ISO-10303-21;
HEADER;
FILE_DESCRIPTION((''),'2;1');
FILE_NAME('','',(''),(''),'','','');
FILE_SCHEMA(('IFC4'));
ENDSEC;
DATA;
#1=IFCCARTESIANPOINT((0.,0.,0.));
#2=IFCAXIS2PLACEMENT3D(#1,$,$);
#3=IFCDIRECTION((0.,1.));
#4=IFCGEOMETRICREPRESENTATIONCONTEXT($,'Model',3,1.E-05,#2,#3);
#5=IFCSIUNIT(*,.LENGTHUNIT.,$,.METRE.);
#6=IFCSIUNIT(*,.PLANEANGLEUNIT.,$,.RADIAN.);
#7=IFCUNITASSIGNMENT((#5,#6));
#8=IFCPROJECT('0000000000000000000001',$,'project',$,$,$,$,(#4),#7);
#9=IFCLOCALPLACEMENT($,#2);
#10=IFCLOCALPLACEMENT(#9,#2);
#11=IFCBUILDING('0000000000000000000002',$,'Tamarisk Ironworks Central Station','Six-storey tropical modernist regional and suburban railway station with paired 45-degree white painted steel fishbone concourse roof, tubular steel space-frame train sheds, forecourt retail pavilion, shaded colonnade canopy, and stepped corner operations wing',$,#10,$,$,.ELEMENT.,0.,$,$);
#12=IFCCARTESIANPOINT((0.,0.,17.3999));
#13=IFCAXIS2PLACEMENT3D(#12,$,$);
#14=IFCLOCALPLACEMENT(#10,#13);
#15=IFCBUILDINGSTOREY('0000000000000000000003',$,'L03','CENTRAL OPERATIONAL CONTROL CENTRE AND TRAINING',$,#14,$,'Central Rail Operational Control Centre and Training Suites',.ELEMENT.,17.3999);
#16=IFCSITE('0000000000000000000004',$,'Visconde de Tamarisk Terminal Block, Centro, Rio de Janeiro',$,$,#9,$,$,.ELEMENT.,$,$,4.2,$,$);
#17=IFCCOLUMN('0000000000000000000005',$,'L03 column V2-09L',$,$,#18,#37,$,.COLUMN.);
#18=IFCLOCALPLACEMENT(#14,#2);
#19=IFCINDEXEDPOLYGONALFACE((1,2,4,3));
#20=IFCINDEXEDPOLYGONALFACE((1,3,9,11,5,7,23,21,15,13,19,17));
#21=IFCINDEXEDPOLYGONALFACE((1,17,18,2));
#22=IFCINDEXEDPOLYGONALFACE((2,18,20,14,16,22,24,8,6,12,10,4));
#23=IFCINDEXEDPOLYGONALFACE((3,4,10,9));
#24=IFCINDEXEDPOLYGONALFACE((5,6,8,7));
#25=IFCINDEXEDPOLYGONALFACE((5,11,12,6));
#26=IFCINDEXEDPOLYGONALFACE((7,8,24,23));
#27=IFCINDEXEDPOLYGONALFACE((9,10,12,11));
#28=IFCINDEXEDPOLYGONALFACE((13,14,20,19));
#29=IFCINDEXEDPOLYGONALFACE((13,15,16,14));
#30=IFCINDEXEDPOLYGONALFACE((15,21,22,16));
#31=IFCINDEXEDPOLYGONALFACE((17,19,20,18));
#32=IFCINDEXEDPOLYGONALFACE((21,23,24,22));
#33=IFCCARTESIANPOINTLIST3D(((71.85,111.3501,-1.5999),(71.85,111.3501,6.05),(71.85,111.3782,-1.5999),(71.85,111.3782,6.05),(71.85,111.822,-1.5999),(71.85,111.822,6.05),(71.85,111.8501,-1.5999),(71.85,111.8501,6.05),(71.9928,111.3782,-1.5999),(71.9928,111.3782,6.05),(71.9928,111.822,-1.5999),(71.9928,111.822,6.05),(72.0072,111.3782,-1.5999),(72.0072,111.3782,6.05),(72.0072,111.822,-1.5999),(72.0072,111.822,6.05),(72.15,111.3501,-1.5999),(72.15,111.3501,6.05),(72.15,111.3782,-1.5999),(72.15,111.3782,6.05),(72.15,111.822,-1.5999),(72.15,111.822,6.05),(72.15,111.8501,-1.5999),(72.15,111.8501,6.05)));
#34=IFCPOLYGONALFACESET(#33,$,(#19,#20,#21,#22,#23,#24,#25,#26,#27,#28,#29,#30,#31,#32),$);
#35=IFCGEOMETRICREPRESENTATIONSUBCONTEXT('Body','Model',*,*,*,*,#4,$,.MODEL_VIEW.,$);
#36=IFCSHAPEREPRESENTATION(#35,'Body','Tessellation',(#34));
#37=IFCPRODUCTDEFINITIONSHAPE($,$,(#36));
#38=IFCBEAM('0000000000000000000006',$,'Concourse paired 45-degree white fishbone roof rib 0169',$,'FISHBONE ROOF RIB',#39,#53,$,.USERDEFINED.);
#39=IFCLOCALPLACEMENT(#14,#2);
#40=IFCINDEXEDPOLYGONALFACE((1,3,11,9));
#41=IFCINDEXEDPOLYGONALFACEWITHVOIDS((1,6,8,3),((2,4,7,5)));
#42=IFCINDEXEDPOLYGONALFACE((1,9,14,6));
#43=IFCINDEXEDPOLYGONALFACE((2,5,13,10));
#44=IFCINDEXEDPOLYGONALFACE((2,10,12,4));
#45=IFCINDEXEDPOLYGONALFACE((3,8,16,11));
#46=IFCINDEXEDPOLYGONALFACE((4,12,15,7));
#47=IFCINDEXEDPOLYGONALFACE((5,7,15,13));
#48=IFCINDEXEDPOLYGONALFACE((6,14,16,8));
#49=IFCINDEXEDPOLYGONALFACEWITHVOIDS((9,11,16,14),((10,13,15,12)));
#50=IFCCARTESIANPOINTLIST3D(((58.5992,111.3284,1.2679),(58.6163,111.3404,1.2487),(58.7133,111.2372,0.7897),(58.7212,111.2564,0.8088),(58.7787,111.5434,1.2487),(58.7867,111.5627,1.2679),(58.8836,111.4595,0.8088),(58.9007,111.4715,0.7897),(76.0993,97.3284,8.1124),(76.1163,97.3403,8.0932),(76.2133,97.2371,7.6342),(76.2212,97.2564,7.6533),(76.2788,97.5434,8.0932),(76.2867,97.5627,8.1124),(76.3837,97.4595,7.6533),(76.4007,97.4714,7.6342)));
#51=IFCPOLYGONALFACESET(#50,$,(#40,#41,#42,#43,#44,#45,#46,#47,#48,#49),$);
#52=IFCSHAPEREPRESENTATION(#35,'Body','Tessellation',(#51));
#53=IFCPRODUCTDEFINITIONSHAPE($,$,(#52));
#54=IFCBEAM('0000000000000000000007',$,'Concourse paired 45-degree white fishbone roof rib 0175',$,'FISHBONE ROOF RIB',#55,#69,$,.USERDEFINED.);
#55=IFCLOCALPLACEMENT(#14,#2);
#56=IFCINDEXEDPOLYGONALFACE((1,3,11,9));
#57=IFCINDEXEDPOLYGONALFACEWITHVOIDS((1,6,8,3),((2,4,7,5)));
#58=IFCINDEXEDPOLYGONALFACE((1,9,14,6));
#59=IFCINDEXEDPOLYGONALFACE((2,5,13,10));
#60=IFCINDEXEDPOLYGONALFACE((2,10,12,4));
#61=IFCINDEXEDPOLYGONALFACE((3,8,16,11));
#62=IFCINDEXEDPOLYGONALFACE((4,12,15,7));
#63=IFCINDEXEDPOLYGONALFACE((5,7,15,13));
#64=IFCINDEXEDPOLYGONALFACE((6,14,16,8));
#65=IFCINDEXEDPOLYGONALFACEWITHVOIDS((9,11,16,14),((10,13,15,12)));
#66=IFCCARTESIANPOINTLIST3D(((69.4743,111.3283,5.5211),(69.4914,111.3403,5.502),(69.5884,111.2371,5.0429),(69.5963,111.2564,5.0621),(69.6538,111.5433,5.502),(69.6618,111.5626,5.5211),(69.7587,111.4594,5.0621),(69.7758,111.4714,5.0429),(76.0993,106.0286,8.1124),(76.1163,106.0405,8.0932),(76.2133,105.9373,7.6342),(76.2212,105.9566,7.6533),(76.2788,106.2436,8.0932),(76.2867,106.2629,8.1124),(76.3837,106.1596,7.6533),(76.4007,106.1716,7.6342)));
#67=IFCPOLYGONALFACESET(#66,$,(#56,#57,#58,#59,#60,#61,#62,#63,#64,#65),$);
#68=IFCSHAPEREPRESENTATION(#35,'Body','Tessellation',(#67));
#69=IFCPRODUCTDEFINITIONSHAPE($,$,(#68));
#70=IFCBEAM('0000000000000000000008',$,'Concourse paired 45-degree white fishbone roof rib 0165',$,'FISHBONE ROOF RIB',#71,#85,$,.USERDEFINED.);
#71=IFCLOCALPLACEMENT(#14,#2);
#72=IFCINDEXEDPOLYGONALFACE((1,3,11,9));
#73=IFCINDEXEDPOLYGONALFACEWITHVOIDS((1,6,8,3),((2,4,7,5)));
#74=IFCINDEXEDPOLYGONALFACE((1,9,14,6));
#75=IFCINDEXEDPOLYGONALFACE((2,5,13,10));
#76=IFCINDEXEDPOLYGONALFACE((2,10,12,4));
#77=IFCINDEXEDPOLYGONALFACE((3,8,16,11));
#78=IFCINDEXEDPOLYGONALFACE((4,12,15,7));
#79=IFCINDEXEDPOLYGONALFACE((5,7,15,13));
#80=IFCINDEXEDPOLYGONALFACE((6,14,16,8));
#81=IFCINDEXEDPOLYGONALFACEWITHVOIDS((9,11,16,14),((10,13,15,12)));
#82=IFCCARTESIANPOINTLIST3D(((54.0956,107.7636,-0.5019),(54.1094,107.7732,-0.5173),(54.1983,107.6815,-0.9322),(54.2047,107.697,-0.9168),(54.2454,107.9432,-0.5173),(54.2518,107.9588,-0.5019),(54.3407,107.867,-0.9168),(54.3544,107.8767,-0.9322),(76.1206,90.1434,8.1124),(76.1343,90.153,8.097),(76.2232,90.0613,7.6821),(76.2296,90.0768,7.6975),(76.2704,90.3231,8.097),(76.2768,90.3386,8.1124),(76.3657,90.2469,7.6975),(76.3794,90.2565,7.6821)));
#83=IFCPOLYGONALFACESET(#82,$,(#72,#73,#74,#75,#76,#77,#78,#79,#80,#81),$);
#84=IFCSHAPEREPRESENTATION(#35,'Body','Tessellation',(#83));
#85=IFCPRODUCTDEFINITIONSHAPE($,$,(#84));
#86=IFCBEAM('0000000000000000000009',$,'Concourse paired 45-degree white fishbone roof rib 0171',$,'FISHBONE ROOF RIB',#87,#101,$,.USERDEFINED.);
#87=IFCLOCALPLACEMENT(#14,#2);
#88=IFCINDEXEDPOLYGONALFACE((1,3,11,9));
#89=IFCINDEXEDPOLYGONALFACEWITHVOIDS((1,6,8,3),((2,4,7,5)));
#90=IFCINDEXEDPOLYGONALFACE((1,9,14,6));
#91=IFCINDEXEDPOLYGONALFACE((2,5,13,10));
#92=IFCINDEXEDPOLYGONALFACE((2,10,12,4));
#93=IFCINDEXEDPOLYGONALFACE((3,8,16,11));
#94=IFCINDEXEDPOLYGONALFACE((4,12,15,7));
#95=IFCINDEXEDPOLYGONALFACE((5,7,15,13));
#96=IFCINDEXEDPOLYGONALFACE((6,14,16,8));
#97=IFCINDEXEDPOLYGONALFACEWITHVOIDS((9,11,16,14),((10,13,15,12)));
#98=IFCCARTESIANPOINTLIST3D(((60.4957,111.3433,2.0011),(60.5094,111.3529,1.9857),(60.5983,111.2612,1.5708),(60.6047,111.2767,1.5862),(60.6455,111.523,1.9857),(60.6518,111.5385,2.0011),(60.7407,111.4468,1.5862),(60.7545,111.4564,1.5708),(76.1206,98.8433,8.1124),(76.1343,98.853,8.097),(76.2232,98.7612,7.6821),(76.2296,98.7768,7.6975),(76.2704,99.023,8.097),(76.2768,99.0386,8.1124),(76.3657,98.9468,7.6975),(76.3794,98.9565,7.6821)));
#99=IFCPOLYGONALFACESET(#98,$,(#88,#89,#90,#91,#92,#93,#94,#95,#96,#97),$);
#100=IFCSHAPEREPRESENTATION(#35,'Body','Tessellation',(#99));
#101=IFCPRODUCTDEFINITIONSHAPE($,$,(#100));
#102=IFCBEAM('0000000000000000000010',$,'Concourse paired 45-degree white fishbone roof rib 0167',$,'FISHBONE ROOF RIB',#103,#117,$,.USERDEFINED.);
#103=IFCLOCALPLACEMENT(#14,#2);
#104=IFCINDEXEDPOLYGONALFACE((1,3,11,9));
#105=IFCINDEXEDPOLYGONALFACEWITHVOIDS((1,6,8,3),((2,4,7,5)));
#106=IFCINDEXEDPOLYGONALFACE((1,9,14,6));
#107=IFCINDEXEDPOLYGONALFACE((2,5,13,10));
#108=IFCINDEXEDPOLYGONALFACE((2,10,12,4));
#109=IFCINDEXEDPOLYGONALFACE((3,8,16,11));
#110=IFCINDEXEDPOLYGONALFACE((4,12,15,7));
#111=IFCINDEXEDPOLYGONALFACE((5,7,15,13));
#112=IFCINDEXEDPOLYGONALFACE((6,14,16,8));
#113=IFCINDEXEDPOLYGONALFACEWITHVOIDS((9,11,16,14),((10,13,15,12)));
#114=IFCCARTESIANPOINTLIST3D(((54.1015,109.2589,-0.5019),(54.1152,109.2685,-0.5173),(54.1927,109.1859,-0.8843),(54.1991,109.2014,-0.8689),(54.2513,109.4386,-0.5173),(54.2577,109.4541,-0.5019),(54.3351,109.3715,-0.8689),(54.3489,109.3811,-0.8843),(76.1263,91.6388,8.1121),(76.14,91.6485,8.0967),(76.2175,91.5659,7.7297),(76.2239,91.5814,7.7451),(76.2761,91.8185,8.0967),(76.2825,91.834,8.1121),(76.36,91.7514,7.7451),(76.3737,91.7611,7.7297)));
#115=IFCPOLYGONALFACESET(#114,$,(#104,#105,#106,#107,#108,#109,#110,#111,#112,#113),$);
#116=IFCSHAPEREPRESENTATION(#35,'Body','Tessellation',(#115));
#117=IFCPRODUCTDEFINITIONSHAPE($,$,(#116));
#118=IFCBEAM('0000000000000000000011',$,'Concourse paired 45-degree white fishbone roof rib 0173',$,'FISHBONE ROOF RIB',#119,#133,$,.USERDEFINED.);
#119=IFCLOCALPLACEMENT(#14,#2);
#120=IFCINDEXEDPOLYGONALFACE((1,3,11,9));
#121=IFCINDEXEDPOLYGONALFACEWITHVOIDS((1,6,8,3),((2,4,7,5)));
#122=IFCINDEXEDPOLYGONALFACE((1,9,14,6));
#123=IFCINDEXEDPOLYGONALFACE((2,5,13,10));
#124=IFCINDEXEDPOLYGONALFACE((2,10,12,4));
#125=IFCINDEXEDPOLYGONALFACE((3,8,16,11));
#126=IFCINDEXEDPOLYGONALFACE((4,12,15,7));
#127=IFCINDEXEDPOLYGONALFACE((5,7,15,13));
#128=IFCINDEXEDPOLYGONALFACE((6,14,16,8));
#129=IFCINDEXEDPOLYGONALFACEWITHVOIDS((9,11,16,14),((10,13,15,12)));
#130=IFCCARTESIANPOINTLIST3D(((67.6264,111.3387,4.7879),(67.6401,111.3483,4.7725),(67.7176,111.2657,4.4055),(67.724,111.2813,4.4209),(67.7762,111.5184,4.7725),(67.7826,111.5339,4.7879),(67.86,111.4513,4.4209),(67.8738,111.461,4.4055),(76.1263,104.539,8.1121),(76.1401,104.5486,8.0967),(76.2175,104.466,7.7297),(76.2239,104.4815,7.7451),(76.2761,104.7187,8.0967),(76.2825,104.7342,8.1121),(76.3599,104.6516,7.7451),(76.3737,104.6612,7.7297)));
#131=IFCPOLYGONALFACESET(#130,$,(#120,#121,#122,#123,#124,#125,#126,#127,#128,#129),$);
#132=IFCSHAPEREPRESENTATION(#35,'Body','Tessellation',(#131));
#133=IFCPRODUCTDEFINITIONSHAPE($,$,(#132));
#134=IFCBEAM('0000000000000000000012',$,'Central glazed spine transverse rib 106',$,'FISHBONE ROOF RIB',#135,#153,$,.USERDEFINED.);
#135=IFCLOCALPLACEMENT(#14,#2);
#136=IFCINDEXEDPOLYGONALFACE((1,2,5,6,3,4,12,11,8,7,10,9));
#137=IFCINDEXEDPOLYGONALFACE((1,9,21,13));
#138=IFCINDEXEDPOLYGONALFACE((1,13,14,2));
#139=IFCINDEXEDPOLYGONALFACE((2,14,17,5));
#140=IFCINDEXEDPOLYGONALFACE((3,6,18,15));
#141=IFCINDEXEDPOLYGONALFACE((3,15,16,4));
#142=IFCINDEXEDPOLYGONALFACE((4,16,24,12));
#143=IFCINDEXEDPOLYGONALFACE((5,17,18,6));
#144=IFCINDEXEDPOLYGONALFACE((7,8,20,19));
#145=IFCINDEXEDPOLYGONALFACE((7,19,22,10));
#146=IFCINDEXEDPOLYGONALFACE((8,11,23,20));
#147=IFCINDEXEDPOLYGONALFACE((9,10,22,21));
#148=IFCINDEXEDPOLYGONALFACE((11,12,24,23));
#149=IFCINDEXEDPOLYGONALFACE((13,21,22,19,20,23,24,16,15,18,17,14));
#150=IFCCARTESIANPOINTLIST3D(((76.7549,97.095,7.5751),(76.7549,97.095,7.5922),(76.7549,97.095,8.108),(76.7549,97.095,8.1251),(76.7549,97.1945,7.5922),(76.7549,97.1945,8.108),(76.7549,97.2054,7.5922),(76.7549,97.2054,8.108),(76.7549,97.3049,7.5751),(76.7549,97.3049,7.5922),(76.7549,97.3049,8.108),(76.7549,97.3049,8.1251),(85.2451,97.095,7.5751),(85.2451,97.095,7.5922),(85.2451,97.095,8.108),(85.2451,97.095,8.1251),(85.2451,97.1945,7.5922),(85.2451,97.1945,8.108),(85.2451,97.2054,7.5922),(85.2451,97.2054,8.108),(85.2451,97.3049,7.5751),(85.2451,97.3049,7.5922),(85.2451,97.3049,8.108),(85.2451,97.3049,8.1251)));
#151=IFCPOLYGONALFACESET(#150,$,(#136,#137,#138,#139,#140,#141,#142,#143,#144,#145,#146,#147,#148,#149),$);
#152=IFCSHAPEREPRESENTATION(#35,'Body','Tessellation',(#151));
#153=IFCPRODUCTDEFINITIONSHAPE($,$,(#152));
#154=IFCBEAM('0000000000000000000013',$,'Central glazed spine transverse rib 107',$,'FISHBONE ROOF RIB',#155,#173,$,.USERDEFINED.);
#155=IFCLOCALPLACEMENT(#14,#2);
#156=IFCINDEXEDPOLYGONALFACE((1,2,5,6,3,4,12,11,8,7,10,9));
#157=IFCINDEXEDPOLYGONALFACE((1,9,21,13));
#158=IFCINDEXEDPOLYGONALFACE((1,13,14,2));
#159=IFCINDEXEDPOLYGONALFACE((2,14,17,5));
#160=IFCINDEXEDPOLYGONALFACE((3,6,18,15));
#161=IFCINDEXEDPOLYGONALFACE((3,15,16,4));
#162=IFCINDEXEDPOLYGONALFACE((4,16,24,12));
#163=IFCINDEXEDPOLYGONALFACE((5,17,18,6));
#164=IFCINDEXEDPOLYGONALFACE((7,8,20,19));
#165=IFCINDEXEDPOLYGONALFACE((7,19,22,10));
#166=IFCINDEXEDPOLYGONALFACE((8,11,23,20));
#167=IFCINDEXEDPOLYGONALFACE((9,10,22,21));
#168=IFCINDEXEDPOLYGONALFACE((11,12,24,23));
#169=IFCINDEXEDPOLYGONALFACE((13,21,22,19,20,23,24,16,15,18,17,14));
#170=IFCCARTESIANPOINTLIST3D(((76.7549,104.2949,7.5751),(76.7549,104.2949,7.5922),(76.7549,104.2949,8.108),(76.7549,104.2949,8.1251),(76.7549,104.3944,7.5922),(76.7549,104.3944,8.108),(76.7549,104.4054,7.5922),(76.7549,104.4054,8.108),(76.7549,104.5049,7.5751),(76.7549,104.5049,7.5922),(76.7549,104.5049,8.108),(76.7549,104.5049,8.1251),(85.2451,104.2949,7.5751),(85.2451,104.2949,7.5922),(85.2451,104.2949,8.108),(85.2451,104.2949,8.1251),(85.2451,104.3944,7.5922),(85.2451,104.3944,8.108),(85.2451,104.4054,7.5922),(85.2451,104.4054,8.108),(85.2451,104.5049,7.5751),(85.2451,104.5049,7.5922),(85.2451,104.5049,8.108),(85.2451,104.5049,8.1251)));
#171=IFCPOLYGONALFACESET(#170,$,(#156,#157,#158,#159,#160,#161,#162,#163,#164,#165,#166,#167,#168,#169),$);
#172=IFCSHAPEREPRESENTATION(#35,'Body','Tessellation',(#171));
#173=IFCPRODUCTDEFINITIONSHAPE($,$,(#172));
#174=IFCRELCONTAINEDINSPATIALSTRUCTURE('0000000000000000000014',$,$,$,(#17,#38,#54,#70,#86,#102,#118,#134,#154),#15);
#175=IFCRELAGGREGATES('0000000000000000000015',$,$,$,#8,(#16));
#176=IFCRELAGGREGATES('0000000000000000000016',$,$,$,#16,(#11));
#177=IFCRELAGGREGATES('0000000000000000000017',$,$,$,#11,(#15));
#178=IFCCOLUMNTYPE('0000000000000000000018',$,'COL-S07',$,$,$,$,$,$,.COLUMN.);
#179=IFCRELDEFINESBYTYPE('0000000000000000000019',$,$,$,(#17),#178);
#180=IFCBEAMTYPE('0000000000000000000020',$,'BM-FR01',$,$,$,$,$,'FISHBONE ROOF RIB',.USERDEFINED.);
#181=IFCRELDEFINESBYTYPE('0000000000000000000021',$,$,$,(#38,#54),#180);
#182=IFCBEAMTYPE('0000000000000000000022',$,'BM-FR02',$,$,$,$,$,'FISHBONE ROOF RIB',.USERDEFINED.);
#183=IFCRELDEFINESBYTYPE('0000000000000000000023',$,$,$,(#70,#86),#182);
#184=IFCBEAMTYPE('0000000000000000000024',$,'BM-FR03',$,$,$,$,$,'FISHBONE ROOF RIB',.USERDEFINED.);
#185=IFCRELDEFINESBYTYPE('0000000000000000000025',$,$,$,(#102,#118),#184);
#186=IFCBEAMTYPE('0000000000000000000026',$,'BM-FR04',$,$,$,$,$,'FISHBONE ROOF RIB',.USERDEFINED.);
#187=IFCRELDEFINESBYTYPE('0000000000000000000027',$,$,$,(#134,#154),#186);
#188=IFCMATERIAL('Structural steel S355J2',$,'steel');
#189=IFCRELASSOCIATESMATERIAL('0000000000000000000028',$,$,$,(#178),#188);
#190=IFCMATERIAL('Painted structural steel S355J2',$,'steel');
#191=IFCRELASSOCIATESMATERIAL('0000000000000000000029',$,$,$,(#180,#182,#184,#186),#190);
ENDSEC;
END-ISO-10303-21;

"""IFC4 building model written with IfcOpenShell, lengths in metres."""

from ifc_helpers import new_model, si_unit, direction, frame, origin, origin_2d, place, context, subcontext, project, spatial, hollow_rectangle, i_section, extrude, material, material_profile, profile_set, type_object, element, save


model = new_model("IFC4")

# Units and contexts
model_context = context("Model", 3, precision=1e-05, world=origin(), true_north=direction((0.0, 1.0)))
body_context = subcontext(model_context, "Body", "Model", "MODEL_VIEW")
ifc_project = project(units=[si_unit("LENGTHUNIT", "METRE"), si_unit("PLANEANGLEUNIT", "RADIAN")], contexts=[model_context])

# Site, building, storey
site_placement = place(None, origin())
site = spatial("IfcSite", under=ifc_project, at=site_placement, Name="Visconde de Tamarisk Terminal Block, Centro, Rio de Janeiro", CompositionType="ELEMENT", RefElevation=4.2)
building_placement = place(site_placement, origin())
building = spatial("IfcBuilding", under=site, at=building_placement, Name="Tamarisk Ironworks Central Station", Description="Six-storey tropical modernist regional and suburban railway station with paired 45-degree white painted steel fishbone concourse roof, tubular steel space-frame train sheds, forecourt retail pavilion, shaded colonnade canopy, and stepped corner operations wing", CompositionType="ELEMENT", ElevationOfRefHeight=0.0)
storey_placement = place(building_placement, frame((0.0, 0.0, 17.3999)))
storey = spatial("IfcBuildingStorey", under=building, at=storey_placement, Name="L03", Description="CENTRAL OPERATIONAL CONTROL CENTRE AND TRAINING", LongName="Central Rail Operational Control Centre and Training Suites", CompositionType="ELEMENT", Elevation=17.3999)

# Column
ifc_material_1 = material(Name="Structural steel S355J2", Category="steel")
ifc_material_profile_1 = material_profile(ifc_material_1, i_section(OverallWidth=0.3, OverallDepth=0.5, WebThickness=0.0144, FlangeThickness=0.0281, at=origin_2d()), Name="HEB 500")
ifc_profile_set_1 = profile_set([ifc_material_profile_1], Name="Structural steel S355J2")
column_type = type_object("IfcColumnType", Name="COL-S07", PredefinedType="COLUMN", material=ifc_profile_set_1)
column_placement = place(storey_placement, frame((72.0, 111.6001, -1.5999), z_axis=(0.0, 0.0, 1.0), x_axis=(1.0, 0.0, 0.0)))
element("IfcColumn", 1, at=column_placement, inside=storey, type_object=column_type, Name="L03 column V2-09L", PredefinedType="COLUMN", context=body_context, shape_type="SweptSolid", body=[
    extrude(i_section(OverallWidth=0.3, OverallDepth=0.5, WebThickness=0.0144, FlangeThickness=0.0281, at=origin_2d()), origin(), (0.0, 0.0, 1.0), 7.6499),
])

# Beams
ifc_material_2 = material(Name="Painted structural steel S355J2", Category="steel")
ifc_material_profile_2 = material_profile(ifc_material_2, hollow_rectangle(XDim=0.3, YDim=0.5, WallThickness=0.02, at=origin_2d()), Name="RHS 500x300x20")
ifc_profile_set_2 = profile_set([ifc_material_profile_2], Name="Painted structural steel S355J2")
beam_type_1 = type_object("IfcBeamType", Name="BM-FR01", ElementType="FISHBONE ROOF RIB", PredefinedType="USERDEFINED", material=ifc_profile_set_2)
beam_1_placement = place(storey_placement, frame((76.25, 97.3999, 7.8733), z_axis=(-0.746816, 0.597453, -0.29209), x_axis=(-0.624695, -0.780869, 0.0)))
element("IfcBeam", 2, at=beam_1_placement, inside=storey, type_object=beam_type_1, Name="Concourse paired 45-degree white fishbone roof rib 0169", ObjectType="FISHBONE ROOF RIB", PredefinedType="USERDEFINED", context=body_context, shape_type="SweptSolid", body=[
    extrude(hollow_rectangle(XDim=0.3, YDim=0.5, WallThickness=0.02, at=origin_2d()), origin(), (0.0, 0.0, 1.0), 23.4329),
])
beam_2_placement = place(storey_placement, frame((76.25, 106.1001, 7.8733), z_axis=(-0.746821, 0.597435, -0.292112), x_axis=(-0.624681, -0.78088, 0.0)))
element("IfcBeam", 3, at=beam_2_placement, inside=storey, type_object=beam_type_1, Name="Concourse paired 45-degree white fishbone roof rib 0175", ObjectType="FISHBONE ROOF RIB", PredefinedType="USERDEFINED", context=body_context, shape_type="SweptSolid", body=[
    extrude(hollow_rectangle(XDim=0.3, YDim=0.5, WallThickness=0.02, at=origin_2d()), origin(), (0.0, 0.0, 1.0), 8.8708),
])
ifc_material_profile_3 = material_profile(ifc_material_2, hollow_rectangle(XDim=0.25, YDim=0.45, WallThickness=0.0161, at=origin_2d()), Name="RHS 450x250x16")
ifc_profile_set_3 = profile_set([ifc_material_profile_3], Name="Painted structural steel S355J2")
beam_type_2 = type_object("IfcBeamType", Name="BM-FR02", ElementType="FISHBONE ROOF RIB", PredefinedType="USERDEFINED", material=ifc_profile_set_3)
beam_3_placement = place(storey_placement, frame((76.25, 90.2, 7.8972), z_axis=(-0.746813, 0.597457, -0.292089), x_axis=(-0.624699, -0.780865, 0.0)))
element("IfcBeam", 4, at=beam_3_placement, inside=storey, type_object=beam_type_2, Name="Concourse paired 45-degree white fishbone roof rib 0165", ObjectType="FISHBONE ROOF RIB", PredefinedType="USERDEFINED", context=body_context, shape_type="SweptSolid", body=[
    extrude(hollow_rectangle(XDim=0.25, YDim=0.45, WallThickness=0.0161, at=origin_2d()), origin(), (0.0, 0.0, 1.0), 29.4919),
])
beam_4_placement = place(storey_placement, frame((76.25, 98.8999, 7.8972), z_axis=(-0.746814, 0.597451, -0.292098), x_axis=(-0.624695, -0.780869, 0.0)))
element("IfcBeam", 5, at=beam_4_placement, inside=storey, type_object=beam_type_2, Name="Concourse paired 45-degree white fishbone roof rib 0171", ObjectType="FISHBONE ROOF RIB", PredefinedType="USERDEFINED", context=body_context, shape_type="SweptSolid", body=[
    extrude(hollow_rectangle(XDim=0.25, YDim=0.45, WallThickness=0.0161, at=origin_2d()), origin(), (0.0, 0.0, 1.0), 20.9221),
])
ifc_material_profile_4 = material_profile(ifc_material_2, hollow_rectangle(XDim=0.25, YDim=0.3999, WallThickness=0.0161, at=origin_2d()), Name="RHS 400x250x16")
ifc_profile_set_4 = profile_set([ifc_material_profile_4], Name="Painted structural steel S355J2")
beam_type_3 = type_object("IfcBeamType", Name="BM-FR03", ElementType="FISHBONE ROOF RIB", PredefinedType="USERDEFINED", material=ifc_profile_set_4)
beam_5_placement = place(storey_placement, frame((76.25, 91.7, 7.9209), z_axis=(-0.746815, 0.597458, -0.292082), x_axis=(-0.624699, -0.780865, 0.0)))
element("IfcBeam", 6, at=beam_5_placement, inside=storey, type_object=beam_type_3, Name="Concourse paired 45-degree white fishbone roof rib 0167", ObjectType="FISHBONE ROOF RIB", PredefinedType="USERDEFINED", context=body_context, shape_type="SweptSolid", body=[
    extrude(hollow_rectangle(XDim=0.25, YDim=0.3999, WallThickness=0.0161, at=origin_2d()), origin(), (0.0, 0.0, 1.0), 29.4917),
])
beam_6_placement = place(storey_placement, frame((76.25, 104.6001, 7.9209), z_axis=(-0.746828, 0.597445, -0.292073), x_axis=(-0.624684, -0.780878, 0.0)))
element("IfcBeam", 7, at=beam_6_placement, inside=storey, type_object=beam_type_3, Name="Concourse paired 45-degree white fishbone roof rib 0173", ObjectType="FISHBONE ROOF RIB", PredefinedType="USERDEFINED", context=body_context, shape_type="SweptSolid", body=[
    extrude(hollow_rectangle(XDim=0.25, YDim=0.3999, WallThickness=0.0161, at=origin_2d()), origin(), (0.0, 0.0, 1.0), 11.3813),
])
ifc_material_profile_5 = material_profile(ifc_material_2, i_section(OverallWidth=0.21, OverallDepth=0.55, WebThickness=0.011, FlangeThickness=0.0171, at=origin_2d()), Name="IPE 550")
ifc_profile_set_5 = profile_set([ifc_material_profile_5], Name="Painted structural steel S355J2")
beam_type_4 = type_object("IfcBeamType", Name="BM-FR04", ElementType="FISHBONE ROOF RIB", PredefinedType="USERDEFINED", material=ifc_profile_set_5)
for number, where, z_axis, x_axis, name in (
    (8, (76.7549, 97.2, 7.8501), (1.0, 0.0, 0.0), (0.0, 1.0, 0.0), "Central glazed spine transverse rib 106"),
    (9, (76.7549, 104.3999, 7.8501), (1.0, 0.0, 0.0), (0.0, 1.0, 0.0), "Central glazed spine transverse rib 107"),
):
    element("IfcBeam", number, at=place(storey_placement, frame(where, z_axis=z_axis, x_axis=x_axis)), inside=storey, type_object=beam_type_4, Name=name, ObjectType="FISHBONE ROOF RIB", PredefinedType="USERDEFINED", context=body_context, shape_type="SweptSolid", body=[
        extrude(i_section(OverallWidth=0.21, OverallDepth=0.55, WebThickness=0.011, FlangeThickness=0.0171, at=origin_2d()), origin(), (0.0, 0.0, 1.0), 8.4902),
    ])

save(model, "model.ifc")
